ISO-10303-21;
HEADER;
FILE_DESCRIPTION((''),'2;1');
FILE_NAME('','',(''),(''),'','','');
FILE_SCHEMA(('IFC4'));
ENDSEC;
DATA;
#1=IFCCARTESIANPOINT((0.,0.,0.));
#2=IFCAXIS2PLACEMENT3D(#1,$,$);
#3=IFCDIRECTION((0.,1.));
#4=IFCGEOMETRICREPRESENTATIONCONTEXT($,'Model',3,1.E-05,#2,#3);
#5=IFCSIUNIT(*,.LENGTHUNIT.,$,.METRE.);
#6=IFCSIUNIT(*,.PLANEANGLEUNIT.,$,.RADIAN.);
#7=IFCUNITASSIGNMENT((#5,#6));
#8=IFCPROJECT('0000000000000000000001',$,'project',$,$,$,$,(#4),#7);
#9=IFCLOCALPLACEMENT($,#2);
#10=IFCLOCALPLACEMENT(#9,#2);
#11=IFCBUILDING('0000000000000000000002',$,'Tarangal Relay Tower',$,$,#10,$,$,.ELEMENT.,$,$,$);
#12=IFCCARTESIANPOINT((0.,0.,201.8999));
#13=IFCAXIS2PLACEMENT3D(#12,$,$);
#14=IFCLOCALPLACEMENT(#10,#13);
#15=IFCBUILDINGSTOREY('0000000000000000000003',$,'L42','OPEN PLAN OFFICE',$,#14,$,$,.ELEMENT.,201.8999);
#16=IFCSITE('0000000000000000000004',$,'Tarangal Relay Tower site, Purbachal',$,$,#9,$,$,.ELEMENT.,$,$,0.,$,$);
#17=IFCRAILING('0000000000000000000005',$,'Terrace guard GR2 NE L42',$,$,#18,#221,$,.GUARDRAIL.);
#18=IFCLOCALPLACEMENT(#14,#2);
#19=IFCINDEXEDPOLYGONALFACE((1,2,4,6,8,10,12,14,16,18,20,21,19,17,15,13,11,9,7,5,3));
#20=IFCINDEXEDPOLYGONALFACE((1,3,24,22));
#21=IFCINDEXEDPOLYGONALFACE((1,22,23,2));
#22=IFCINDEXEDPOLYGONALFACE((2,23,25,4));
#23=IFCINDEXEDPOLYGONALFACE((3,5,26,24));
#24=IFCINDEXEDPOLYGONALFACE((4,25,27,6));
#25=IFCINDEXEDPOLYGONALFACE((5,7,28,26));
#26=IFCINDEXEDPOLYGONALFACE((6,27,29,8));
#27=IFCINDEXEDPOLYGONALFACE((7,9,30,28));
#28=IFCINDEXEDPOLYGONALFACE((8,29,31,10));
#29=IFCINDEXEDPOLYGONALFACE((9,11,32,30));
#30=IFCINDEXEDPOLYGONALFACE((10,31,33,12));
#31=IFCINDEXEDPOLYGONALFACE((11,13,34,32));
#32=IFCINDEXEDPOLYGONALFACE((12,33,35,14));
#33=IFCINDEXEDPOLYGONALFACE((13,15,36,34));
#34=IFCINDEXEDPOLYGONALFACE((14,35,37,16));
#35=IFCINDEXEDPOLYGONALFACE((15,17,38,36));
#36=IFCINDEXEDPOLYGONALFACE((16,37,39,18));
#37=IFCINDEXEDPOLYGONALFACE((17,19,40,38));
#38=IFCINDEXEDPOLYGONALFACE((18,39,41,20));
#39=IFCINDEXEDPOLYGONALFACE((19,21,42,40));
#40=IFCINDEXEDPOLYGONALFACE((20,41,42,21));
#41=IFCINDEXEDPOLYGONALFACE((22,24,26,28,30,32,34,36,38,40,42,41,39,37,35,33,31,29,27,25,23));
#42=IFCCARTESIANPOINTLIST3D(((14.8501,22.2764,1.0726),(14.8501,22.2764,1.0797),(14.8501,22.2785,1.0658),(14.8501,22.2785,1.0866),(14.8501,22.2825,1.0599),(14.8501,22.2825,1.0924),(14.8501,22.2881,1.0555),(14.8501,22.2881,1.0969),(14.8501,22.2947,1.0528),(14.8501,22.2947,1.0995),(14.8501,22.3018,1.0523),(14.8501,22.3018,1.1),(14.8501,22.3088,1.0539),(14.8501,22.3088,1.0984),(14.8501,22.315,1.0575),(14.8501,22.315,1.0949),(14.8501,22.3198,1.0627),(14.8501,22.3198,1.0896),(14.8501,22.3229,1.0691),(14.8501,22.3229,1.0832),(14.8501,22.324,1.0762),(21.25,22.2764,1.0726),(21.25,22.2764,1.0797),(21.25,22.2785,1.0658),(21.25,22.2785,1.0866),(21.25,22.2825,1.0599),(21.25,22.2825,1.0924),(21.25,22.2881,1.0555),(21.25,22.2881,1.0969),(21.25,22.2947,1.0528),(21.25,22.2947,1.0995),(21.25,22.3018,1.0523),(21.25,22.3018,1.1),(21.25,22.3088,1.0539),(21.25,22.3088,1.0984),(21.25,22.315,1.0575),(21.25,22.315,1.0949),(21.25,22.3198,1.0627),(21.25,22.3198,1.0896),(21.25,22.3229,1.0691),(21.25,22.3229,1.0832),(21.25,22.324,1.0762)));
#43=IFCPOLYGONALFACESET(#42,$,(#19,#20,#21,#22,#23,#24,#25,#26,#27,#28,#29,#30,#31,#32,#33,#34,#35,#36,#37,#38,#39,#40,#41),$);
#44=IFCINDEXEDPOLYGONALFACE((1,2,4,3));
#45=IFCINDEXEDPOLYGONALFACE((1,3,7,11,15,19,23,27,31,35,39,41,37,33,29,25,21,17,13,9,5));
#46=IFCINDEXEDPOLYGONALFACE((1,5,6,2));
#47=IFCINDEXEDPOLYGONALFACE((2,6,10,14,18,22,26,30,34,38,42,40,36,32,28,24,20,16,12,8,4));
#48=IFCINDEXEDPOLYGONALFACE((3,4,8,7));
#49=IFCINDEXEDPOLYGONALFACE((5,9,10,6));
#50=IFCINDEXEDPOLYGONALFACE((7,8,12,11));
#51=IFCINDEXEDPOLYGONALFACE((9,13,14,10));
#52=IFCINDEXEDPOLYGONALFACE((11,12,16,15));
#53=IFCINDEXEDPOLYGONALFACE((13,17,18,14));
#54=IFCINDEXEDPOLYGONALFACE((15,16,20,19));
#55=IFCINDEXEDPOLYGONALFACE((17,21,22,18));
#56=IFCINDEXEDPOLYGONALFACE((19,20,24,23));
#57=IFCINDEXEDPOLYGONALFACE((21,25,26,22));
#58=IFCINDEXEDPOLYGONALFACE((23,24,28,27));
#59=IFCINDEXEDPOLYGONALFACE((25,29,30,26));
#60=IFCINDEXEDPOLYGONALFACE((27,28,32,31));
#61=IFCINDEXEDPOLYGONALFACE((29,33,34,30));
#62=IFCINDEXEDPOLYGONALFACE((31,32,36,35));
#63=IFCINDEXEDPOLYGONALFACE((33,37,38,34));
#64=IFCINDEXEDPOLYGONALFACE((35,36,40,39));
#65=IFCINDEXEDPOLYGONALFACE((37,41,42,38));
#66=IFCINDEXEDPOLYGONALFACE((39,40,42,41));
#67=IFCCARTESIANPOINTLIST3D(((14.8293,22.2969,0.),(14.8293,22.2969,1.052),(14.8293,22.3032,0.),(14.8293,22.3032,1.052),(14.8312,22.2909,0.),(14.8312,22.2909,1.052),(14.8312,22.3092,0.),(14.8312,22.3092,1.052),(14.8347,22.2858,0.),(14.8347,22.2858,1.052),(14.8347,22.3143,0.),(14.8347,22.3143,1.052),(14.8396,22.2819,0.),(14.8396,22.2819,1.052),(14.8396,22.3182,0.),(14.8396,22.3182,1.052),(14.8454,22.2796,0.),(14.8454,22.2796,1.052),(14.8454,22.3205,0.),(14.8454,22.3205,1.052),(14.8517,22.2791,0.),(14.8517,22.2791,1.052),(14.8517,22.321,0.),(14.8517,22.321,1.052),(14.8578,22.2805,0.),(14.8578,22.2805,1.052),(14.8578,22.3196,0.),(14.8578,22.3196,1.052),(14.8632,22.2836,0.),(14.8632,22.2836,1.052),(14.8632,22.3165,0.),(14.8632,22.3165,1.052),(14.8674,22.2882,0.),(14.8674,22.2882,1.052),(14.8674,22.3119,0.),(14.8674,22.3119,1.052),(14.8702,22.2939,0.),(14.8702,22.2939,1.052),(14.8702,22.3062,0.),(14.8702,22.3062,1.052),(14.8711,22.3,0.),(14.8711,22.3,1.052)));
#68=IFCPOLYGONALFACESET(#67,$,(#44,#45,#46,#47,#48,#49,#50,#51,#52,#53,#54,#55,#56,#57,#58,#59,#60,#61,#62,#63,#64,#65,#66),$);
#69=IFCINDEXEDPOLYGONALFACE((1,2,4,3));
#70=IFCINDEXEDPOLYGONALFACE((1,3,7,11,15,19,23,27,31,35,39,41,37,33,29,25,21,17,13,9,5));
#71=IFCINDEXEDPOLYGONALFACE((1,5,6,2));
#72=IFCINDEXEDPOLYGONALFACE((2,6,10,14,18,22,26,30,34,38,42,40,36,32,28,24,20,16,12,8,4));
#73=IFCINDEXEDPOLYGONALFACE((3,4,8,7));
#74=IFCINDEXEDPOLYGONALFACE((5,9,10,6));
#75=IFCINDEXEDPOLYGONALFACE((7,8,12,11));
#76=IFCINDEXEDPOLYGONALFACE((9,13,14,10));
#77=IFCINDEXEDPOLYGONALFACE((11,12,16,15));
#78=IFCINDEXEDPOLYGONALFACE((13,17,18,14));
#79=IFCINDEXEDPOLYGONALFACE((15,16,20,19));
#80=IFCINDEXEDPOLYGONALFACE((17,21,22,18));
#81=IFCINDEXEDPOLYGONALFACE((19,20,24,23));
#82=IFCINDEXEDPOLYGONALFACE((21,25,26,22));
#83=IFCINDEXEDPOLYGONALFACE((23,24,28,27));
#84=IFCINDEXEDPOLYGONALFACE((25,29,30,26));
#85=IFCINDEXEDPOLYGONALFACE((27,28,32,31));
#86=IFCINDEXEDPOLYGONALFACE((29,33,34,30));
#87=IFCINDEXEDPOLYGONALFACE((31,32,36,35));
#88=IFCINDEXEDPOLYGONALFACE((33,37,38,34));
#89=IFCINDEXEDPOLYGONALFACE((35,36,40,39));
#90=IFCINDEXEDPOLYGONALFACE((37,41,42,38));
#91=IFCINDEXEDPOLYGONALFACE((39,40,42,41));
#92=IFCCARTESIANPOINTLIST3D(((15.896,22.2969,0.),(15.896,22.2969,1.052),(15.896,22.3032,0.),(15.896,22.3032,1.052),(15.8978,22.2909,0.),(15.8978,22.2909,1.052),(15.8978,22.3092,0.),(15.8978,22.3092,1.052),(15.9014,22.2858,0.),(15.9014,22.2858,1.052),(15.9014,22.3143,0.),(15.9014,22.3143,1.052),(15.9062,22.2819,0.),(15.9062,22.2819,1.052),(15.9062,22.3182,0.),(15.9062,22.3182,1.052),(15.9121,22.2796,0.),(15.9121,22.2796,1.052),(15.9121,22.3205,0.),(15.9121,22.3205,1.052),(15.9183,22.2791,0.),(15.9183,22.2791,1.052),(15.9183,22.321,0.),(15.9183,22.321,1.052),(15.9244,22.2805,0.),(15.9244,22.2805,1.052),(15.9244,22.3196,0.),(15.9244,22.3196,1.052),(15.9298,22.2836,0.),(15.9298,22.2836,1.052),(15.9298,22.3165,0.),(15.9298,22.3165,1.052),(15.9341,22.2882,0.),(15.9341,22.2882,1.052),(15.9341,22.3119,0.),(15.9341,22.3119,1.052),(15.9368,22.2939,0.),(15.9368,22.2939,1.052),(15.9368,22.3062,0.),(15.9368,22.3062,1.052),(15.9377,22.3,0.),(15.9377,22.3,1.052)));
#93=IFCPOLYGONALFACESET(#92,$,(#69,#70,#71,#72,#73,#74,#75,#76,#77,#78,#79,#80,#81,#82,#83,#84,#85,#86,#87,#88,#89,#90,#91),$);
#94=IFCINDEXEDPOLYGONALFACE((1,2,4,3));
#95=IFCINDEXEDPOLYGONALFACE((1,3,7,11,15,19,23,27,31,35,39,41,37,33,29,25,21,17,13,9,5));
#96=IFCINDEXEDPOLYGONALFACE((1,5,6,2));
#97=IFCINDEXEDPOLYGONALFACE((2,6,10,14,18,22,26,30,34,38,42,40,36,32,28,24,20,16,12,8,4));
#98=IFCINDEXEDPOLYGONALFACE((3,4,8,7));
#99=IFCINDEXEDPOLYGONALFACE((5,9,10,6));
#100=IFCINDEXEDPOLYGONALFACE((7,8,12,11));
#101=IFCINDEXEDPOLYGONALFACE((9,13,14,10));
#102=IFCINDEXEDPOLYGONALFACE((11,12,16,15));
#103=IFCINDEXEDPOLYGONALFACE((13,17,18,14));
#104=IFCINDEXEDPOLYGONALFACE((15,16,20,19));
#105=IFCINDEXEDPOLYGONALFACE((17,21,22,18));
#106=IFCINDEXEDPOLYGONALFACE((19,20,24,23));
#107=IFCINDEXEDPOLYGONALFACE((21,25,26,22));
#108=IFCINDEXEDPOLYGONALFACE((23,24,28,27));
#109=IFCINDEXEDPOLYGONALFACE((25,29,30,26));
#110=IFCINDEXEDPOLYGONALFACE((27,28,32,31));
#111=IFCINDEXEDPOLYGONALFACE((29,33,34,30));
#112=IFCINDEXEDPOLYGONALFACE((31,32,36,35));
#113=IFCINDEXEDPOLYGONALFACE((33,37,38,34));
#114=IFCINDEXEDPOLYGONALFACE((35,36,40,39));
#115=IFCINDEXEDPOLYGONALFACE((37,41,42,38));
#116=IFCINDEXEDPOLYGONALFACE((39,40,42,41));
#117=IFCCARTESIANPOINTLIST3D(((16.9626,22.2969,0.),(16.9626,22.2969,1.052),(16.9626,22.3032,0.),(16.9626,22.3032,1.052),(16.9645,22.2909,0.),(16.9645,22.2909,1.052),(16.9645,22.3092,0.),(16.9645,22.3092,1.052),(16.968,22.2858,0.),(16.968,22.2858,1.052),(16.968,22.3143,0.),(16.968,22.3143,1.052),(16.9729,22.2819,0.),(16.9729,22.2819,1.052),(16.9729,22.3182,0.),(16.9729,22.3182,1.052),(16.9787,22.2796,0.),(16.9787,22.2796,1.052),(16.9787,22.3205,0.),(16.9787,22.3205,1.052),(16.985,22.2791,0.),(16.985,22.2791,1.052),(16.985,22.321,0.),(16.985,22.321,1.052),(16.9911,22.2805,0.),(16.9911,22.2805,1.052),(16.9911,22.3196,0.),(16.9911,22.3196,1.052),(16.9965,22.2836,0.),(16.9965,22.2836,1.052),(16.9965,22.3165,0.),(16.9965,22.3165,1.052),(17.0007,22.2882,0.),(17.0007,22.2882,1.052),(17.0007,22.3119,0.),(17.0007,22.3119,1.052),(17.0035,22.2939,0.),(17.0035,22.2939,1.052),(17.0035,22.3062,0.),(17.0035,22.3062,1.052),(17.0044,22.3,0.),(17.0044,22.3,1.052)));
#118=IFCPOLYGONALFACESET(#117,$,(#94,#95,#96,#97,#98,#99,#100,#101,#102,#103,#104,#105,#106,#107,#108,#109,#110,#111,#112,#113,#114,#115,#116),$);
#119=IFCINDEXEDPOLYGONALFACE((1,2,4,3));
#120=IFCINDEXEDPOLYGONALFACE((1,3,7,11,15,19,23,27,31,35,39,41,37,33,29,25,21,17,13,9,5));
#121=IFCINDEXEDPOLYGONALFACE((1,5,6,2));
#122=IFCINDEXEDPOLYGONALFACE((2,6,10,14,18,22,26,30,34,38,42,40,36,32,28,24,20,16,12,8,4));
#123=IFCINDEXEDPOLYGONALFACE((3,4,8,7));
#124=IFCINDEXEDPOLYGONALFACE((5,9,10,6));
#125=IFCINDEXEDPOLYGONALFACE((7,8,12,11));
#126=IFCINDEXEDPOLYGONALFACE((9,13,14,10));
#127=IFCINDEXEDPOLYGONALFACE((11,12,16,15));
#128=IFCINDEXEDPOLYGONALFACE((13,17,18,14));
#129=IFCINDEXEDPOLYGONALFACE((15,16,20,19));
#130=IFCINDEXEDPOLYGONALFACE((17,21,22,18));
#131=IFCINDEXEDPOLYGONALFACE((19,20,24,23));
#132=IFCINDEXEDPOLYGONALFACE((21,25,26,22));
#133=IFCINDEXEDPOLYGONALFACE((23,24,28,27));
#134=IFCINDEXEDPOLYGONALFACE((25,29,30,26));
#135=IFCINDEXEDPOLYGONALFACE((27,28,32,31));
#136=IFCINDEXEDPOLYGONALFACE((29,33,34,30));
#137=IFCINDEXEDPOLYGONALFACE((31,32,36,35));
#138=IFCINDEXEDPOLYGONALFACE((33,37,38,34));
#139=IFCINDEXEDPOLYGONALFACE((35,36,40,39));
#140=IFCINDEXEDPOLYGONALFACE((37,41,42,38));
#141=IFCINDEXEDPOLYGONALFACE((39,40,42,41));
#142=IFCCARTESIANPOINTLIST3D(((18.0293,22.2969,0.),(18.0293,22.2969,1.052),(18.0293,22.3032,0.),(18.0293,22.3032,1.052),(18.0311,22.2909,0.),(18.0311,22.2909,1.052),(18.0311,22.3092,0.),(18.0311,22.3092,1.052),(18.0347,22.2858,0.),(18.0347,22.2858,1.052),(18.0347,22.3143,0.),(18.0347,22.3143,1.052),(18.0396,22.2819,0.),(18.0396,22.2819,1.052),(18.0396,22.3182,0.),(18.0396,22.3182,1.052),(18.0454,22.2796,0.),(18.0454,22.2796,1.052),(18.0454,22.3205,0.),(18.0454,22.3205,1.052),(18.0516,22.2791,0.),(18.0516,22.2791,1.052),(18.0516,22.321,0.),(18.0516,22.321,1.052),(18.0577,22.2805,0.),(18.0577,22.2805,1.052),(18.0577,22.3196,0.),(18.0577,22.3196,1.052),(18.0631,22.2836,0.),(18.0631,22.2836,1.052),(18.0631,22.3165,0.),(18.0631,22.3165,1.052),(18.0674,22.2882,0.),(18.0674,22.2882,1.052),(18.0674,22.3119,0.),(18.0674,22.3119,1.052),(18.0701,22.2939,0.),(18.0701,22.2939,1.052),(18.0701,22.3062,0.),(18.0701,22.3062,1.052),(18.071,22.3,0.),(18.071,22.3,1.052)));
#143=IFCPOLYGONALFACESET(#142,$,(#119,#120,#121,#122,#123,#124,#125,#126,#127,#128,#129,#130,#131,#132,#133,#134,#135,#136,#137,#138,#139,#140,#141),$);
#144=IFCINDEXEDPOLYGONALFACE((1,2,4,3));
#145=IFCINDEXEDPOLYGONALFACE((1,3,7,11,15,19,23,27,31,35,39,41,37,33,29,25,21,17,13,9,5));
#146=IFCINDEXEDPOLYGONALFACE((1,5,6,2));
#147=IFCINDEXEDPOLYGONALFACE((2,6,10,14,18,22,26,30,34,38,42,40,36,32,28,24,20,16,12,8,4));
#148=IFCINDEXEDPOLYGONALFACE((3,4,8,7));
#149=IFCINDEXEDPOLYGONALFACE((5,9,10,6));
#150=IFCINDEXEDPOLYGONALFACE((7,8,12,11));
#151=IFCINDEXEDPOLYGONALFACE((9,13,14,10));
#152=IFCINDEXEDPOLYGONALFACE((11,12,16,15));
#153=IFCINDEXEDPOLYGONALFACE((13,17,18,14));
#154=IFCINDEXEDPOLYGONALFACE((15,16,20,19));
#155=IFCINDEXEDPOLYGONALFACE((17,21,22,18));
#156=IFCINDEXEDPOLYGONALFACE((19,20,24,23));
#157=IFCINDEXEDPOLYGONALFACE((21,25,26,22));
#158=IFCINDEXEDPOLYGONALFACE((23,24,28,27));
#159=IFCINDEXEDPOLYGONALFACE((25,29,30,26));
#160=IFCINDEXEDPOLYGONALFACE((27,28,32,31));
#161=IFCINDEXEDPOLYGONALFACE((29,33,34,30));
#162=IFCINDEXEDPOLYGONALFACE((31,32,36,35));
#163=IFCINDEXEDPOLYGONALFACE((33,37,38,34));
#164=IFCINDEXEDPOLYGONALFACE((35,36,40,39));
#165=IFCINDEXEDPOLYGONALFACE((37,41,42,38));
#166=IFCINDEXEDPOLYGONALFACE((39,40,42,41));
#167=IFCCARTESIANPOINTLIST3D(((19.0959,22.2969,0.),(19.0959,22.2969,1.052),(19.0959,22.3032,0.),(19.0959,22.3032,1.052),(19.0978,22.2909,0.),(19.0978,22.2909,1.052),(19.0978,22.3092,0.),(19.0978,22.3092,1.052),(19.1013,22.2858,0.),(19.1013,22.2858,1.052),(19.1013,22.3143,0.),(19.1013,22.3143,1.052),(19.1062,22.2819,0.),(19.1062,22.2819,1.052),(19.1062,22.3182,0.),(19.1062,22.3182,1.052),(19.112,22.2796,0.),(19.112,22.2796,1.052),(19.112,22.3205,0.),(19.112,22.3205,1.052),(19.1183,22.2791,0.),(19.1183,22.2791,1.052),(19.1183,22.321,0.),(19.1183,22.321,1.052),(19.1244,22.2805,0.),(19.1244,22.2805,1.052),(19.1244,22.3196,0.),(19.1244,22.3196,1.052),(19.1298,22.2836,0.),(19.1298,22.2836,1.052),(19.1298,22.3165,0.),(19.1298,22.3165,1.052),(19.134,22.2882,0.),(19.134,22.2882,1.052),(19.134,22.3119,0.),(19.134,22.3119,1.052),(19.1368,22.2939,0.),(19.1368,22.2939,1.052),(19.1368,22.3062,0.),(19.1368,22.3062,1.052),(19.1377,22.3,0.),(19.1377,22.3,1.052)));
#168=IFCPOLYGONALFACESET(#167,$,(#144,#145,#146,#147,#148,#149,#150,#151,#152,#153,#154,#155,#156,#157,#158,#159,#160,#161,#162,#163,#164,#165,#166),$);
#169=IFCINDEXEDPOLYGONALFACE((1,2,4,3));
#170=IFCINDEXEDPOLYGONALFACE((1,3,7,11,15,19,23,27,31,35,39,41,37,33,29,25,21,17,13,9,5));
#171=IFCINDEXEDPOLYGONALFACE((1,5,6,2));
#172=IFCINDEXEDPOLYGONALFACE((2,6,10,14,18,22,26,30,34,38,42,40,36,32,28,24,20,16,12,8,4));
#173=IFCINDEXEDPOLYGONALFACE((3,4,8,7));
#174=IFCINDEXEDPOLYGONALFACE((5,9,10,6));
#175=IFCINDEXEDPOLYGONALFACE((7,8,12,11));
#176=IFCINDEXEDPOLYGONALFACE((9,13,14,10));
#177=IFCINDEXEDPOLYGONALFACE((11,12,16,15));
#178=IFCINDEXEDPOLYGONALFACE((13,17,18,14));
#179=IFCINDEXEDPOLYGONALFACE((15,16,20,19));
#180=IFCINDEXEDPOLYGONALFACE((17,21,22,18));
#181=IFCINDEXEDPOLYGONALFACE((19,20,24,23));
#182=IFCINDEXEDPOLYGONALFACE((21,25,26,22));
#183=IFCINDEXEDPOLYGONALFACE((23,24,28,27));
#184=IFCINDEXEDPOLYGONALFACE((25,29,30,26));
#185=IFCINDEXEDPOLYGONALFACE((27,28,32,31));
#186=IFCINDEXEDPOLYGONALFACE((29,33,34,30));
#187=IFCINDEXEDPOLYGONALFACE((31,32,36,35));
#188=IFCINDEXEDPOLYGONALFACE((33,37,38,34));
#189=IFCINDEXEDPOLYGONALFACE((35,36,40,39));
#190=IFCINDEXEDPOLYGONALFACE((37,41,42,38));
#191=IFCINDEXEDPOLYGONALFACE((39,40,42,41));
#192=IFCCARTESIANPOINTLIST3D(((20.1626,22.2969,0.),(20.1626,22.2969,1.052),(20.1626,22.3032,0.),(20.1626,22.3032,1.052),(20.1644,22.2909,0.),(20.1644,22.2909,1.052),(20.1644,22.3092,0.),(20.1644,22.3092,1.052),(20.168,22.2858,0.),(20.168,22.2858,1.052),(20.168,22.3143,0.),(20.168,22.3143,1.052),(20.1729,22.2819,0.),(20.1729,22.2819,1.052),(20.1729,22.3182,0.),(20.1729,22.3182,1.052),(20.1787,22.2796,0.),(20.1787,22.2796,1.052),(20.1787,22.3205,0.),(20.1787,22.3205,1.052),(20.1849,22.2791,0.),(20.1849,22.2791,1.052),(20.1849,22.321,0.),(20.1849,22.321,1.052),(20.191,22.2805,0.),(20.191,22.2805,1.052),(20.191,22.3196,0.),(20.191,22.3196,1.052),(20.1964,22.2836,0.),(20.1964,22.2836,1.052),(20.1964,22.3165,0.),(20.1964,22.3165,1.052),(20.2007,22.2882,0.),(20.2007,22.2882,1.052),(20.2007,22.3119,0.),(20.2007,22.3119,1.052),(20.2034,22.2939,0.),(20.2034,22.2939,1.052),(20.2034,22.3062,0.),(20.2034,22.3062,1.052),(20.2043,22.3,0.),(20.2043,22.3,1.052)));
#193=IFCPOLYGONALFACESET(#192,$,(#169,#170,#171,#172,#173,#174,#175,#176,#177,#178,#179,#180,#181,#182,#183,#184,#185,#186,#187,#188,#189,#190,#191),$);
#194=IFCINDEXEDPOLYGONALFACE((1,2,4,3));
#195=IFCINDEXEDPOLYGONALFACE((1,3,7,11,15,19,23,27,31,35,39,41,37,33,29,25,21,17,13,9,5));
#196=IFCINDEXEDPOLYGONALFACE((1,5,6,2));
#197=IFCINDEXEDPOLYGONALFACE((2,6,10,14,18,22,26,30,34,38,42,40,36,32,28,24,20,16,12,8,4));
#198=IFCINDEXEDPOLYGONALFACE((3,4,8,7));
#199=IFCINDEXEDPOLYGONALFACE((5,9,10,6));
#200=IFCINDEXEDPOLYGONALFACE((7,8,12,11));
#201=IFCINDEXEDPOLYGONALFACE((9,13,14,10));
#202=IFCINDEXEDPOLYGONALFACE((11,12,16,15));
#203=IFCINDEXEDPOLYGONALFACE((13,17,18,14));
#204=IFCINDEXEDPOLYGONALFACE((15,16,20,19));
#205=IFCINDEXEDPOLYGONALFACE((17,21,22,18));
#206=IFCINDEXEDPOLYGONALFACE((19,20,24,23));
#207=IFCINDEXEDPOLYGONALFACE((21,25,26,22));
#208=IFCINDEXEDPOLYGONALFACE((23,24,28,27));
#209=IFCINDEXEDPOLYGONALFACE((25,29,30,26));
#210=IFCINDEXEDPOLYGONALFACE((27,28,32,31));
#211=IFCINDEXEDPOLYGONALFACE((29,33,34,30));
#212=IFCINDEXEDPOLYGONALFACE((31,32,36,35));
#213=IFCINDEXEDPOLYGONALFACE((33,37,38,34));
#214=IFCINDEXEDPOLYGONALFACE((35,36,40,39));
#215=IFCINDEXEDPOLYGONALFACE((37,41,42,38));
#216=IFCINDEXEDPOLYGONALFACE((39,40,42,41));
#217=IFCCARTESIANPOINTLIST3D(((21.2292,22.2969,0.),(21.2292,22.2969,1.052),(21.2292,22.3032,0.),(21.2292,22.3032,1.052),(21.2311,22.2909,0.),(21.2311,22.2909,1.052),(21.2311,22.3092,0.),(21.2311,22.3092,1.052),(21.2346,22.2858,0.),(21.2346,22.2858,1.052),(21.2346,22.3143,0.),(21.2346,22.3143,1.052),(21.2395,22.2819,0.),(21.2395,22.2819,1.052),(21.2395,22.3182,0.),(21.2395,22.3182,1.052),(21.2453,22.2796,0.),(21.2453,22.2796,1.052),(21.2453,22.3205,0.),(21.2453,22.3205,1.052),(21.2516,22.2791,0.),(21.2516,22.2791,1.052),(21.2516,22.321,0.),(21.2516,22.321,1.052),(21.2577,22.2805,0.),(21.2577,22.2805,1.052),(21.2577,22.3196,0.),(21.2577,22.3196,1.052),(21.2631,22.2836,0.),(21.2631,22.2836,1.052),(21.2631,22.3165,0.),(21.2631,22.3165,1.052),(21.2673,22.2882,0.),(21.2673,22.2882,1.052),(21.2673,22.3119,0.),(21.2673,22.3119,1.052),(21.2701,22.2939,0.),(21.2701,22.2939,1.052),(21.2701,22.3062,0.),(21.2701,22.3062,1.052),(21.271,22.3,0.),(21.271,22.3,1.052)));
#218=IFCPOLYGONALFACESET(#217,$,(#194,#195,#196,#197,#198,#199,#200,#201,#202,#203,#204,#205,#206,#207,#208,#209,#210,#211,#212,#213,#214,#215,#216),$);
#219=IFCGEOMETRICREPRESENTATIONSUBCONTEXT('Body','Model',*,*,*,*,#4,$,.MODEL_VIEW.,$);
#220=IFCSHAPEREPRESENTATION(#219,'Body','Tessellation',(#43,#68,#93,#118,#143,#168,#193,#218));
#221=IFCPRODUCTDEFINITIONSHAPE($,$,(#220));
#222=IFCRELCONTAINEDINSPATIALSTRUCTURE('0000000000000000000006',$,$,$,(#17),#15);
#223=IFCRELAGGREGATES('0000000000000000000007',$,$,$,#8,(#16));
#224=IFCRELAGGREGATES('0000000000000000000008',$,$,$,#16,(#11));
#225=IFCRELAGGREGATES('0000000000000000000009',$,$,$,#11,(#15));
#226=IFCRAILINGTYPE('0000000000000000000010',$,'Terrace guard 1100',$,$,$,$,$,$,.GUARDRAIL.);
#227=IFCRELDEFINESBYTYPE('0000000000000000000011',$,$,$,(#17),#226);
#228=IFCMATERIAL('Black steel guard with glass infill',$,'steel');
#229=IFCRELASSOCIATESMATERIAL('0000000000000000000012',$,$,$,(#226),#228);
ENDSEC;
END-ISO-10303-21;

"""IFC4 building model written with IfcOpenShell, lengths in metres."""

from ifc_helpers import new_model, si_unit, direction, frame, origin, origin_2d, place, context, subcontext, project, spatial, circle, extrude, material, type_object, element, save


model = new_model("IFC4")

# Units and contexts
model_context = context("Model", 3, precision=1e-05, world=origin(), true_north=direction((0.0, 1.0)))
body_context = subcontext(model_context, "Body", "Model", "MODEL_VIEW")
ifc_project = project(units=[si_unit("LENGTHUNIT", "METRE"), si_unit("PLANEANGLEUNIT", "RADIAN")], contexts=[model_context])

# Site, building, storey
site_placement = place(None, origin())
site = spatial("IfcSite", under=ifc_project, at=site_placement, Name="Tarangal Relay Tower site, Purbachal", CompositionType="ELEMENT", RefElevation=0.0)
building_placement = place(site_placement, origin())
building = spatial("IfcBuilding", under=site, at=building_placement, Name="Tarangal Relay Tower", CompositionType="ELEMENT")
storey_placement = place(building_placement, frame((0.0, 0.0, 201.8999)))
storey = spatial("IfcBuildingStorey", under=building, at=storey_placement, Name="L42", Description="OPEN PLAN OFFICE", CompositionType="ELEMENT", Elevation=201.8999)

# Railing
ifc_material_1 = material(Name="Black steel guard with glass infill", Category="steel")
railing_type = type_object("IfcRailingType", Name="Terrace guard 1100", PredefinedType="GUARDRAIL", material=ifc_material_1)
railing_1_placement = place(storey_placement, frame((14.8501, 22.3, 0.0)))
element("IfcRailing", 1, at=railing_1_placement, inside=storey, type_object=railing_type, Name="Terrace guard GR2 NE L42", PredefinedType="GUARDRAIL", context=body_context, shape_type="SweptSolid", body=[
    extrude(circle(Radius=0.0239, at=origin_2d()), frame((0.0, 0.0, 1.0762), z_axis=(1.0, 0.0, 0.0), x_axis=(0.0, 1.0, 0.0)), (0.0, 0.0, 1.0), 6.3999),
    extrude(circle(Radius=0.021, at=origin_2d()), origin(), (0.0, 0.0, 1.0), 1.052),
    extrude(circle(Radius=0.021, at=origin_2d()), frame((1.0667, 0.0, 0.0)), (0.0, 0.0, 1.0), 1.052),
    extrude(circle(Radius=0.021, at=origin_2d()), frame((2.1333, 0.0, 0.0)), (0.0, 0.0, 1.0), 1.052),
    extrude(circle(Radius=0.021, at=origin_2d()), frame((3.2, 0.0, 0.0)), (0.0, 0.0, 1.0), 1.052),
    extrude(circle(Radius=0.021, at=origin_2d()), frame((4.2666, 0.0, 0.0)), (0.0, 0.0, 1.0), 1.052),
    extrude(circle(Radius=0.021, at=origin_2d()), frame((5.3333, 0.0, 0.0)), (0.0, 0.0, 1.0), 1.052),
    extrude(circle(Radius=0.021, at=origin_2d()), frame((6.3999, 0.0, 0.0)), (0.0, 0.0, 1.0), 1.052),
])

save(model, "model.ifc")
